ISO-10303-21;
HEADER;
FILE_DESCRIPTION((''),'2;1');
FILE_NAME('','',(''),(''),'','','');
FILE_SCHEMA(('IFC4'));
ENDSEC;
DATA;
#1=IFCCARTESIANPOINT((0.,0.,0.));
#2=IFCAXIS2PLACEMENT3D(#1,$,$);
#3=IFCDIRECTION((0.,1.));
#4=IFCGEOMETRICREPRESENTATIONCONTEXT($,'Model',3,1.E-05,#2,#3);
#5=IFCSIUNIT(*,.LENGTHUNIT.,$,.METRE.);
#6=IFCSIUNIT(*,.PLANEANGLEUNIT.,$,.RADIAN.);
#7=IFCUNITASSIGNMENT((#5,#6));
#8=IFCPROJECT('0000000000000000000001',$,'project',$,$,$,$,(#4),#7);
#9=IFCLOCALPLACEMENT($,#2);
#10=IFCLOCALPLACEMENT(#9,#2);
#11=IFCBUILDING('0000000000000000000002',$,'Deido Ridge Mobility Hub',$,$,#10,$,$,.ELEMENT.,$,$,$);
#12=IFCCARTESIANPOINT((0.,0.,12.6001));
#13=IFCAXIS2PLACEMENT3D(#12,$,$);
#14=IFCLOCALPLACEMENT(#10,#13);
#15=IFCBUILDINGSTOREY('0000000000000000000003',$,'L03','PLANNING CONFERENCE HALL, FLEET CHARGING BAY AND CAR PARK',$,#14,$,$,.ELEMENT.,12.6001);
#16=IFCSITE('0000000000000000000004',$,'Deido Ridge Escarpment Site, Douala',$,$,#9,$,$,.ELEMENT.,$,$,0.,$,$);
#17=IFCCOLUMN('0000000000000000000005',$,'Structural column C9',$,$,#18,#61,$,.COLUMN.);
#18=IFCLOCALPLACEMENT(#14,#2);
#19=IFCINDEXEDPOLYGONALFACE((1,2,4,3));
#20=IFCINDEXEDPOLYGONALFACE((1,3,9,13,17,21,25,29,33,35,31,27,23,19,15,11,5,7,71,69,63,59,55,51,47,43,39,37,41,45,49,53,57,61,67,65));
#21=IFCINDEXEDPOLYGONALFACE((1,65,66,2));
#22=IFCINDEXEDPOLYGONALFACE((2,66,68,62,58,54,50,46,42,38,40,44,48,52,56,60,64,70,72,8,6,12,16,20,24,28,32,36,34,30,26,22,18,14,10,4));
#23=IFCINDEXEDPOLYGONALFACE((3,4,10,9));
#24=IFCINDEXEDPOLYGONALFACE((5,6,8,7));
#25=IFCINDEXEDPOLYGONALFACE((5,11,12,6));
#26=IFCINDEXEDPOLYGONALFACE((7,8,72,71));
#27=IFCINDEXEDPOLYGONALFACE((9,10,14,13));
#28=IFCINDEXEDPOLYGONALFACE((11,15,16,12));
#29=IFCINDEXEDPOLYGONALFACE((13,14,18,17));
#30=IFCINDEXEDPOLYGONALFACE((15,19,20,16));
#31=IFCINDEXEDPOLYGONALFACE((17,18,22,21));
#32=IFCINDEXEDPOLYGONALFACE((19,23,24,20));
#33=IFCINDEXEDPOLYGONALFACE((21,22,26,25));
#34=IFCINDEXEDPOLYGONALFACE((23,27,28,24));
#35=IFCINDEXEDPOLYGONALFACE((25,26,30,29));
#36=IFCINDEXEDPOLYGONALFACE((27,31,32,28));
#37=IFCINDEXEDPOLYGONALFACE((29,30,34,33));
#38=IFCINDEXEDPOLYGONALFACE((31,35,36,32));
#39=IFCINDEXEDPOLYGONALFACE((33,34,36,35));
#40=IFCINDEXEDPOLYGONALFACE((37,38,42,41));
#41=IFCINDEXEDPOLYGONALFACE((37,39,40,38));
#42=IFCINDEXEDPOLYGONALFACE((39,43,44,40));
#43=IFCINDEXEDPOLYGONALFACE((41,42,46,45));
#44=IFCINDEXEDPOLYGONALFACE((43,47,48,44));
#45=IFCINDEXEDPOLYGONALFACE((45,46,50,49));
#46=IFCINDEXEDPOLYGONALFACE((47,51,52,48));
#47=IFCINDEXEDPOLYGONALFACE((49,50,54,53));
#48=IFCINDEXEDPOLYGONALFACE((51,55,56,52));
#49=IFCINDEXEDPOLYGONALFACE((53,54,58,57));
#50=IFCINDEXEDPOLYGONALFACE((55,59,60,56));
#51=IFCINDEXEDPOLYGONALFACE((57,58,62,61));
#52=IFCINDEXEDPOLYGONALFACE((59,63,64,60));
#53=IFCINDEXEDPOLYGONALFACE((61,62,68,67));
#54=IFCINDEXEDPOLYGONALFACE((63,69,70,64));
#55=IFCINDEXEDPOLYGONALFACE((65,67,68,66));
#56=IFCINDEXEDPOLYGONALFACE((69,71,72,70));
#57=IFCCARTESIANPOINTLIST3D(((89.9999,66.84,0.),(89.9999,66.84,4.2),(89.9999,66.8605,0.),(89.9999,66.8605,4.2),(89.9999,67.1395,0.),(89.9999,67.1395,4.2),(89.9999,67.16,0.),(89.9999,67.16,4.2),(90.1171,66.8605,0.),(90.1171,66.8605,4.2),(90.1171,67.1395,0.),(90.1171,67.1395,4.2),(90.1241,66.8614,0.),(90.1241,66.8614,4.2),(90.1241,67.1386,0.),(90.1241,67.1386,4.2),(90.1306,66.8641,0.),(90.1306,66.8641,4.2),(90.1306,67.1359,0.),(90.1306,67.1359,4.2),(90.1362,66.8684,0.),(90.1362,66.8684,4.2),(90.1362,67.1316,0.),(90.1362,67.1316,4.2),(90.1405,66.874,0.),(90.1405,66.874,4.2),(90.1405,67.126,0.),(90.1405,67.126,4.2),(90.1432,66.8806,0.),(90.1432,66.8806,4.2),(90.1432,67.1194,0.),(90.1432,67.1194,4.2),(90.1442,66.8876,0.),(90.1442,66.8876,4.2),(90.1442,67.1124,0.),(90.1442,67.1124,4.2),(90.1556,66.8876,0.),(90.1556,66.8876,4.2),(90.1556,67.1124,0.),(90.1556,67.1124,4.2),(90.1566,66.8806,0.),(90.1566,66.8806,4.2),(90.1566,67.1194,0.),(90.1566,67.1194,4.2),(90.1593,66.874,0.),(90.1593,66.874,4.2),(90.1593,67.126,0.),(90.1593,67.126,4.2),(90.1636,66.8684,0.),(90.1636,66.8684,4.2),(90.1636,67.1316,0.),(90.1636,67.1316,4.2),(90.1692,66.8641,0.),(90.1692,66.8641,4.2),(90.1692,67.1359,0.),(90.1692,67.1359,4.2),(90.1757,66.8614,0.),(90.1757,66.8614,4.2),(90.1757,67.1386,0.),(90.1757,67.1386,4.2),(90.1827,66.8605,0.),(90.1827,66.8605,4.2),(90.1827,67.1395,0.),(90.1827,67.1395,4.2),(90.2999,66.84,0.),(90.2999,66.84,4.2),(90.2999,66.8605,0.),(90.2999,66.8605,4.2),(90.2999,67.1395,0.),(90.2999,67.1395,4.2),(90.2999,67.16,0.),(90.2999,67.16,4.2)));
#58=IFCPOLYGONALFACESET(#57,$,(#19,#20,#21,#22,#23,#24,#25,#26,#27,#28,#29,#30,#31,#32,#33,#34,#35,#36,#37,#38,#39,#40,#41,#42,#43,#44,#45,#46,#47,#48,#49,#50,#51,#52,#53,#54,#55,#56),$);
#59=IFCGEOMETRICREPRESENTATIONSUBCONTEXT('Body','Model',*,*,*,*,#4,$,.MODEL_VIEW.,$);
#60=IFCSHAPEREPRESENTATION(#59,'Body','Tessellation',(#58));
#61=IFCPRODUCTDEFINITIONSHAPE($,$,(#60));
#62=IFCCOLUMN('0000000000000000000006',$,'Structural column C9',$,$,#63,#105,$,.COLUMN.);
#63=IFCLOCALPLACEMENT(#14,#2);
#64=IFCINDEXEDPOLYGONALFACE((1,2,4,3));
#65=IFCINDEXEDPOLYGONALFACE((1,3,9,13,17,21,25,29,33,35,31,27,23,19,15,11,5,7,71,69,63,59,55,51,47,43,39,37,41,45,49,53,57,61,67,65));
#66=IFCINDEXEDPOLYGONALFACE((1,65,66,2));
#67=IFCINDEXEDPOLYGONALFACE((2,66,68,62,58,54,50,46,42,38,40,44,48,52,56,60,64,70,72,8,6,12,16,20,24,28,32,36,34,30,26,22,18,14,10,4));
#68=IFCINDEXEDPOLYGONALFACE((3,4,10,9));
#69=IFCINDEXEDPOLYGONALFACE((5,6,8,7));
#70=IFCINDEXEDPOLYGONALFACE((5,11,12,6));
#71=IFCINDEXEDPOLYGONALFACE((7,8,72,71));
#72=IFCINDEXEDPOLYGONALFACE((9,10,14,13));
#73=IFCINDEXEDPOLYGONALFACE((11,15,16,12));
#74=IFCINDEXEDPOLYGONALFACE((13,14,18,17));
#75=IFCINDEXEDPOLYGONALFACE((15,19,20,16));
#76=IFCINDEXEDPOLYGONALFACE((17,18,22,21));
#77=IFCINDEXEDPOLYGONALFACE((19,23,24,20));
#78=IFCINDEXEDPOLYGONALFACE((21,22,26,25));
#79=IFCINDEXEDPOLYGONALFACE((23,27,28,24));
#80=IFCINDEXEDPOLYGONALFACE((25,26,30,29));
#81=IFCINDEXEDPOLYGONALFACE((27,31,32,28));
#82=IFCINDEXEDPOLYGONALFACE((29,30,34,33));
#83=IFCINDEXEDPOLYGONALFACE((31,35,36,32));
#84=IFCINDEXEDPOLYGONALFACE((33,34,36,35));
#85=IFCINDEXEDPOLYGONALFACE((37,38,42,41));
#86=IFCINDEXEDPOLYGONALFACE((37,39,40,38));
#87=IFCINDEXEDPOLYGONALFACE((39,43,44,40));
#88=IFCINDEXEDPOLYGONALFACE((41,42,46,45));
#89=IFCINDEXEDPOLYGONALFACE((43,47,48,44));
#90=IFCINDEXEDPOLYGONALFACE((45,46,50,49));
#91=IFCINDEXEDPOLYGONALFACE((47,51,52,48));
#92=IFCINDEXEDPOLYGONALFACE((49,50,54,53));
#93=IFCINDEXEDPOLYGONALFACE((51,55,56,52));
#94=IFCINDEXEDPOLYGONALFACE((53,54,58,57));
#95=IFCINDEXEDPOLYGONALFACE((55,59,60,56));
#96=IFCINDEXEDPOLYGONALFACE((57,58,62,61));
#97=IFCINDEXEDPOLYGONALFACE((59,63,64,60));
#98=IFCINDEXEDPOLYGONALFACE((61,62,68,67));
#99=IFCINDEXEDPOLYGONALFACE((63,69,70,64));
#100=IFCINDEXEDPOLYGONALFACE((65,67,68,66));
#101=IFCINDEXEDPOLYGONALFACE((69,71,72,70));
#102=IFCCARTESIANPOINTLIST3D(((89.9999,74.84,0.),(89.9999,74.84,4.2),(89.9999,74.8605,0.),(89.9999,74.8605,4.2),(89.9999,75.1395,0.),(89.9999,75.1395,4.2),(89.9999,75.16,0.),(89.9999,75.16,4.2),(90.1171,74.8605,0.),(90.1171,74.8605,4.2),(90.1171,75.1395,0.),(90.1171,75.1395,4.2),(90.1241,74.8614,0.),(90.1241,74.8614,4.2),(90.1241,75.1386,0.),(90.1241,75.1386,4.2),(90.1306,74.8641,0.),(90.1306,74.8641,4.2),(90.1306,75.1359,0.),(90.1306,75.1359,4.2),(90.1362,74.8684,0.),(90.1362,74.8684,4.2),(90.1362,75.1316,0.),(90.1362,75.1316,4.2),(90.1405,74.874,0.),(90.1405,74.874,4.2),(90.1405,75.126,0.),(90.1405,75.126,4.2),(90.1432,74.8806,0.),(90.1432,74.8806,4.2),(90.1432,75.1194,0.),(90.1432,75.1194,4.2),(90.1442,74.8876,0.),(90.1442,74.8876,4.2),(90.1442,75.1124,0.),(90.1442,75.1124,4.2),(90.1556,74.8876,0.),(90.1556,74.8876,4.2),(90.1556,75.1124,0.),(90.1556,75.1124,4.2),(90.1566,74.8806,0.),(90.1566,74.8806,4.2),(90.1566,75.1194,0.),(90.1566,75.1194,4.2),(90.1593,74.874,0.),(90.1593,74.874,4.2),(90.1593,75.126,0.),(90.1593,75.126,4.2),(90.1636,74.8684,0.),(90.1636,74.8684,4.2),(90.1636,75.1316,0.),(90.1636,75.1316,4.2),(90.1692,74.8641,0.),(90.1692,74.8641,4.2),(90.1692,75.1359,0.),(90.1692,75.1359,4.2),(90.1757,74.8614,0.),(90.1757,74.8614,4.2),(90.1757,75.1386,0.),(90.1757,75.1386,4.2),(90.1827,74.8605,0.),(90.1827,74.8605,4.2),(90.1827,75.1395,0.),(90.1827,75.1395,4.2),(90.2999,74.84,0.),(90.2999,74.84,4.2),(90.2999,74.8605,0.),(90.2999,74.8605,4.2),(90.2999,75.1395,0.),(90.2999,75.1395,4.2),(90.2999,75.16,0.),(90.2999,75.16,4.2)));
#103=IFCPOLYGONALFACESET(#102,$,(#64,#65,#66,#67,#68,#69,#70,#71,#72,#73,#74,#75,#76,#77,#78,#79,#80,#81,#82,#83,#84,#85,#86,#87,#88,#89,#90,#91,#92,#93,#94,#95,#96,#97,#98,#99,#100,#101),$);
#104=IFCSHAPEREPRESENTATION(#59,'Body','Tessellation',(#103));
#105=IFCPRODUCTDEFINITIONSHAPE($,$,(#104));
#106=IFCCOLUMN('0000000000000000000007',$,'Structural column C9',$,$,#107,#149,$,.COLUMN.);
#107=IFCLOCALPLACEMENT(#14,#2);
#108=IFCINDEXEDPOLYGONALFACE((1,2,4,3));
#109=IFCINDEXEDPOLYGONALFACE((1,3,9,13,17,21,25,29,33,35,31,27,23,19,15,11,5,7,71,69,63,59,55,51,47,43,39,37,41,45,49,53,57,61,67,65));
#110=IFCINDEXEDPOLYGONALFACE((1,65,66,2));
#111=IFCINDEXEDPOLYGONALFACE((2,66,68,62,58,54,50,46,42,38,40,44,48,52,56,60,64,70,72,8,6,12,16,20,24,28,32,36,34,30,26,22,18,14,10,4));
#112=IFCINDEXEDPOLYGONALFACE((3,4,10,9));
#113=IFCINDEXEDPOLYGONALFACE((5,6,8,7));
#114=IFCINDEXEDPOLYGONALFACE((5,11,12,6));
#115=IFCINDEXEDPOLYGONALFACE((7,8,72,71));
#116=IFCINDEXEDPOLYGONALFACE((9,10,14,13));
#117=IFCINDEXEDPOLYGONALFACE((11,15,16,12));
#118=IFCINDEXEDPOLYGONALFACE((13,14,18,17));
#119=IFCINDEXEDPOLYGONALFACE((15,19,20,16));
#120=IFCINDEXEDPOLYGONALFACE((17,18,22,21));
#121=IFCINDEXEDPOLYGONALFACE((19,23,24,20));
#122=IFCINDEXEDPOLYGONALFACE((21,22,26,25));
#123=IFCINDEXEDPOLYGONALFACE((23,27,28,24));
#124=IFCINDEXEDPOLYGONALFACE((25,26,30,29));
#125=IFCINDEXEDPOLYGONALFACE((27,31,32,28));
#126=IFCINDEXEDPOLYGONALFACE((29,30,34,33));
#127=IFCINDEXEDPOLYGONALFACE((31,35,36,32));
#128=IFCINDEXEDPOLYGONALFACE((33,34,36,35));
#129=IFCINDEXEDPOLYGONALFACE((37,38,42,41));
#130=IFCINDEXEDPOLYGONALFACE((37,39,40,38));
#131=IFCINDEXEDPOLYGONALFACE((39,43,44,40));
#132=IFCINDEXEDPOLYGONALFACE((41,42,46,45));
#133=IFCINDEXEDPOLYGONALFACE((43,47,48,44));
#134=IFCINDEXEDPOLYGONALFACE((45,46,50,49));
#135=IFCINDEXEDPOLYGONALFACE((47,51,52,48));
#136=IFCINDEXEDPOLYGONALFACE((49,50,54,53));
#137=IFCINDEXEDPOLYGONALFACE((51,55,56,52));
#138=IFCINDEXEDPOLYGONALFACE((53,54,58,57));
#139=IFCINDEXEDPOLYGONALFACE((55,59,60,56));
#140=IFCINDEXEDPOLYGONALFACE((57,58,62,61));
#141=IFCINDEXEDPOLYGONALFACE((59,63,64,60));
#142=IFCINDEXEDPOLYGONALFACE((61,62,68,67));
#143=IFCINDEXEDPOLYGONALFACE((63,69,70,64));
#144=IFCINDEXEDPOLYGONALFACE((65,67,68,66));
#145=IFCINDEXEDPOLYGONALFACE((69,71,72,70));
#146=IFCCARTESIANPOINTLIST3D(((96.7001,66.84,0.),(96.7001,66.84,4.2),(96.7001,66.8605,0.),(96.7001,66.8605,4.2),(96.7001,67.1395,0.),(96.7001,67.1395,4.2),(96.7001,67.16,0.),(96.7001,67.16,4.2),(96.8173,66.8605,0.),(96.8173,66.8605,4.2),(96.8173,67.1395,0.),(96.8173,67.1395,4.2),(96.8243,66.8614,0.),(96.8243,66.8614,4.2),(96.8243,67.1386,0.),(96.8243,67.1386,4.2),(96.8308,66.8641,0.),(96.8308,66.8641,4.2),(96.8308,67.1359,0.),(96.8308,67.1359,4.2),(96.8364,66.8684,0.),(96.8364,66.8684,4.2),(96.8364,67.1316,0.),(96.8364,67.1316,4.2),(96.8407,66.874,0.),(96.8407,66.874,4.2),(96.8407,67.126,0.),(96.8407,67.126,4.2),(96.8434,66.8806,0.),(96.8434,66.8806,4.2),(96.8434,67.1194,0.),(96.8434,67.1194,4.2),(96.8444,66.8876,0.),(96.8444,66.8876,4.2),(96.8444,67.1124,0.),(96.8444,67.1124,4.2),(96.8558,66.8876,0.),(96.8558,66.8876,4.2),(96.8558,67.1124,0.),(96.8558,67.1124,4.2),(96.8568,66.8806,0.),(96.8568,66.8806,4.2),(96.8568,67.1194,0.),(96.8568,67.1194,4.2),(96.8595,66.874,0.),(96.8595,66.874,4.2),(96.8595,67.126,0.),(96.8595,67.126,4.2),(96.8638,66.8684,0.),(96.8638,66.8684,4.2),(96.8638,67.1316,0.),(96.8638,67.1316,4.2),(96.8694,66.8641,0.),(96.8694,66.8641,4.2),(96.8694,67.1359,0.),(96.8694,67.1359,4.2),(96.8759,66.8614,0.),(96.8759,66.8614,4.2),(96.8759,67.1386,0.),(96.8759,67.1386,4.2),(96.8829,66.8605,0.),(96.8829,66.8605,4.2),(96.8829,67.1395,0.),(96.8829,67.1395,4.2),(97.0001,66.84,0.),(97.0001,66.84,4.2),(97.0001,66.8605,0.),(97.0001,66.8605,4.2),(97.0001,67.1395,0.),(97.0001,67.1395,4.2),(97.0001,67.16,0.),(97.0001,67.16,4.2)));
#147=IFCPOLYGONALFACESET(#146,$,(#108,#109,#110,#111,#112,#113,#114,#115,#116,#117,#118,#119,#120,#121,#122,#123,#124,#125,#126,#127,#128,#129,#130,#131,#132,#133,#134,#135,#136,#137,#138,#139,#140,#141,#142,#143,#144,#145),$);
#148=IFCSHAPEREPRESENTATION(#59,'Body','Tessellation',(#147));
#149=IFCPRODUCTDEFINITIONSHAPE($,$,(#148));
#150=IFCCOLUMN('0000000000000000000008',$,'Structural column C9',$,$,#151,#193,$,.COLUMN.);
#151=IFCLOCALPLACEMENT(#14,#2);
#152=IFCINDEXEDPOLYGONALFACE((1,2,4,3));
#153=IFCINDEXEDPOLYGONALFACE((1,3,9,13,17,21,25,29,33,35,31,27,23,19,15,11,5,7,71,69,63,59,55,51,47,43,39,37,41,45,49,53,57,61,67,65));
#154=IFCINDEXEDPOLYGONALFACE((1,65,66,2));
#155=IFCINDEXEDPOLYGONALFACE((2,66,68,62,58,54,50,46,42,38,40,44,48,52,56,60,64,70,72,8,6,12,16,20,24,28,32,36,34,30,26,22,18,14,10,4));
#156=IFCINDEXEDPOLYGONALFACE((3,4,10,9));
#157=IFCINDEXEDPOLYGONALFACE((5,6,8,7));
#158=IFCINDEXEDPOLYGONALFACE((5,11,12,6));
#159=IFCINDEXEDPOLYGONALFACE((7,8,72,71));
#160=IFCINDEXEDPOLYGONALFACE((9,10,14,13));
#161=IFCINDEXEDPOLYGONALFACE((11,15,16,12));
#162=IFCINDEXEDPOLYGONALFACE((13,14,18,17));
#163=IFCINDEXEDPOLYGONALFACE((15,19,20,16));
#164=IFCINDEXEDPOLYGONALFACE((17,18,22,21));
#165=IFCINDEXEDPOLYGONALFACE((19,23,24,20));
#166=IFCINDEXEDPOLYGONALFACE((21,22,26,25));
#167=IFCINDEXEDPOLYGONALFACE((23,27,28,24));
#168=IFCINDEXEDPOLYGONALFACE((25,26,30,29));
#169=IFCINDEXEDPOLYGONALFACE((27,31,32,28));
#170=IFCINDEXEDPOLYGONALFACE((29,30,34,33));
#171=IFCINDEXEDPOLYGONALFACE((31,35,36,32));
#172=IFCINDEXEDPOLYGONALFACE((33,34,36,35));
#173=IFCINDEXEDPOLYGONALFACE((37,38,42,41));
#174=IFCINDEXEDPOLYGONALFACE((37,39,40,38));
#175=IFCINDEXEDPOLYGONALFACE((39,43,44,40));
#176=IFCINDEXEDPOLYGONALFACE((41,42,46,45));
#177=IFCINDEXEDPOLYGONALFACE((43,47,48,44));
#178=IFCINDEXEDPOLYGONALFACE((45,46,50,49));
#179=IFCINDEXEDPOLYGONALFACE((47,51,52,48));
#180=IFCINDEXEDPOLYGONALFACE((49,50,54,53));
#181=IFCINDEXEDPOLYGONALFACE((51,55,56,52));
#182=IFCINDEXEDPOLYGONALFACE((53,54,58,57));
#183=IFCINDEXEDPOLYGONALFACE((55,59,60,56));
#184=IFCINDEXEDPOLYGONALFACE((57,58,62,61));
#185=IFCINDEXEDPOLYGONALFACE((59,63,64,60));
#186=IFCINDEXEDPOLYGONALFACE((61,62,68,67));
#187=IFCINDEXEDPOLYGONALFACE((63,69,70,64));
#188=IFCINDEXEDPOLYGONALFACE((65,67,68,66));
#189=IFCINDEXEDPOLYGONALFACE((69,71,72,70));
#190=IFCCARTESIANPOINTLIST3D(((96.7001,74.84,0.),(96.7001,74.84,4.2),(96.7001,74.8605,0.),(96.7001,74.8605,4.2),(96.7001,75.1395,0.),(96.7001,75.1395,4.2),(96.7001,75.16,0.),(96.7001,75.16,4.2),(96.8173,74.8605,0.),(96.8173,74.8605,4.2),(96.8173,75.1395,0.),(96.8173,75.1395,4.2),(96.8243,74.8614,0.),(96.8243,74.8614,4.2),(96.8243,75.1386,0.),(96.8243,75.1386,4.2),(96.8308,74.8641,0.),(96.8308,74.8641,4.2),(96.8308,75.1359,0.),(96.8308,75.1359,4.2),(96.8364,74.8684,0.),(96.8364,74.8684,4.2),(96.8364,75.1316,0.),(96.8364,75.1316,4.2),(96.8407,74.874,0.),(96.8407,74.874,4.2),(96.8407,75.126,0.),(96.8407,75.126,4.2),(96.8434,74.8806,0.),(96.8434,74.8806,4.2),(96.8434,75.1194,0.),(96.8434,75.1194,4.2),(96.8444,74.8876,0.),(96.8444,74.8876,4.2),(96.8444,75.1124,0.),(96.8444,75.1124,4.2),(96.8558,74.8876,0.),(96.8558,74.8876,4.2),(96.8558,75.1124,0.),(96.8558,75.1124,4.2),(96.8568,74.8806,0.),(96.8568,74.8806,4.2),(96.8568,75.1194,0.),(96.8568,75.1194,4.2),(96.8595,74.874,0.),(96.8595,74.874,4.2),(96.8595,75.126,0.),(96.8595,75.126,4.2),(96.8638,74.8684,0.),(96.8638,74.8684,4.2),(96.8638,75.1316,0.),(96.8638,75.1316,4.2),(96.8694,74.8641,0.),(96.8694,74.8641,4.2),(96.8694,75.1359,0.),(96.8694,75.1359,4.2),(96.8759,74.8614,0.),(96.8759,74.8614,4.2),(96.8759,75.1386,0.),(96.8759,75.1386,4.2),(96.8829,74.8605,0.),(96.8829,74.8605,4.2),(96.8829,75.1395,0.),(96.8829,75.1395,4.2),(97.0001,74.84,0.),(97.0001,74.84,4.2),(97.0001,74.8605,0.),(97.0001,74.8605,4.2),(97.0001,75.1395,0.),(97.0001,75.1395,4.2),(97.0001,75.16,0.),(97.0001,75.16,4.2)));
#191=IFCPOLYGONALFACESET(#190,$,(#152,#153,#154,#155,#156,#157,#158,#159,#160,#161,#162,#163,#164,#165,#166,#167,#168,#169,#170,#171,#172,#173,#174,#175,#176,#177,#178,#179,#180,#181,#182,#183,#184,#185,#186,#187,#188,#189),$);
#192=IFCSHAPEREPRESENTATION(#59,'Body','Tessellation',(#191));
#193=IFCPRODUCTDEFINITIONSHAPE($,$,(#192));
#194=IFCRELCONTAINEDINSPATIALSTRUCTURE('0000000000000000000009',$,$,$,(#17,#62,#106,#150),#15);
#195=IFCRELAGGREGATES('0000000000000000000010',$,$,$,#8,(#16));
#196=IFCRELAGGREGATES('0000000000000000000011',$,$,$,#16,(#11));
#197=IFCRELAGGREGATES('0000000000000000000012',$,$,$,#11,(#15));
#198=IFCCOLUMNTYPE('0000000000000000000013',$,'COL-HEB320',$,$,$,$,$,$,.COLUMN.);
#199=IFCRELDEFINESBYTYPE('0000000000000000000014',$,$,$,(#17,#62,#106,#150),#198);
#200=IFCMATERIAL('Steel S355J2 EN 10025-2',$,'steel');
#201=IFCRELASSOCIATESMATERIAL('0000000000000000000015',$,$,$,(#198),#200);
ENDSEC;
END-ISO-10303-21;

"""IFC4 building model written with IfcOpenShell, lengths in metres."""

from ifc_helpers import new_model, si_unit, direction, frame, origin, origin_2d, place, context, subcontext, project, spatial, i_section, extrude, material, material_profile, profile_set, type_object, element, save


model = new_model("IFC4")

# Units and contexts
model_context = context("Model", 3, precision=1e-05, world=origin(), true_north=direction((0.0, 1.0)))
body_context = subcontext(model_context, "Body", "Model", "MODEL_VIEW")
ifc_project = project(units=[si_unit("LENGTHUNIT", "METRE"), si_unit("PLANEANGLEUNIT", "RADIAN")], contexts=[model_context])

# Site, building, storey
site_placement = place(None, origin())
site = spatial("IfcSite", under=ifc_project, at=site_placement, Name="Deido Ridge Escarpment Site, Douala", CompositionType="ELEMENT", RefElevation=0.0)
building_placement = place(site_placement, origin())
building = spatial("IfcBuilding", under=site, at=building_placement, Name="Deido Ridge Mobility Hub", CompositionType="ELEMENT")
storey_placement = place(building_placement, frame((0.0, 0.0, 12.6001)))
storey = spatial("IfcBuildingStorey", under=building, at=storey_placement, Name="L03", Description="PLANNING CONFERENCE HALL, FLEET CHARGING BAY AND CAR PARK", CompositionType="ELEMENT", Elevation=12.6001)

# Columns
ifc_material_1 = material(Name="Steel S355J2 EN 10025-2", Category="steel")
ifc_material_profile_1 = material_profile(ifc_material_1, i_section(OverallWidth=0.3, OverallDepth=0.3201, WebThickness=0.0115, FlangeThickness=0.0205, FilletRadius=0.0271, at=origin_2d()), Name="HEB 320")
ifc_profile_set_1 = profile_set([ifc_material_profile_1], Name="Steel S355J2 EN 10025-2")
column_type_1 = type_object("IfcColumnType", Name="COL-HEB320", PredefinedType="COLUMN", material=ifc_profile_set_1)
for number, where, z_axis, x_axis, name in (
    (1, (90.1499, 67.0, 0.0), (0.0, 0.0, 1.0), (1.0, 0.0, 0.0), "Structural column C9"),
    (2, (90.1499, 75.0, 0.0), (0.0, 0.0, 1.0), (1.0, 0.0, 0.0), "Structural column C9"),
    (3, (96.8501, 67.0, 0.0), (0.0, 0.0, 1.0), (1.0, 0.0, 0.0), "Structural column C9"),
    (4, (96.8501, 75.0, 0.0), (0.0, 0.0, 1.0), (1.0, 0.0, 0.0), "Structural column C9"),
):
    element("IfcColumn", number, at=place(storey_placement, frame(where, z_axis=z_axis, x_axis=x_axis)), inside=storey, type_object=column_type_1, Name=name, PredefinedType="COLUMN", context=body_context, shape_type="SweptSolid", body=[
        extrude(i_section(OverallWidth=0.3, OverallDepth=0.3201, WebThickness=0.0115, FlangeThickness=0.0205, FilletRadius=0.0271, at=origin_2d()), origin(), (0.0, 0.0, 1.0), 4.2),
    ])

save(model, "model.ifc")
